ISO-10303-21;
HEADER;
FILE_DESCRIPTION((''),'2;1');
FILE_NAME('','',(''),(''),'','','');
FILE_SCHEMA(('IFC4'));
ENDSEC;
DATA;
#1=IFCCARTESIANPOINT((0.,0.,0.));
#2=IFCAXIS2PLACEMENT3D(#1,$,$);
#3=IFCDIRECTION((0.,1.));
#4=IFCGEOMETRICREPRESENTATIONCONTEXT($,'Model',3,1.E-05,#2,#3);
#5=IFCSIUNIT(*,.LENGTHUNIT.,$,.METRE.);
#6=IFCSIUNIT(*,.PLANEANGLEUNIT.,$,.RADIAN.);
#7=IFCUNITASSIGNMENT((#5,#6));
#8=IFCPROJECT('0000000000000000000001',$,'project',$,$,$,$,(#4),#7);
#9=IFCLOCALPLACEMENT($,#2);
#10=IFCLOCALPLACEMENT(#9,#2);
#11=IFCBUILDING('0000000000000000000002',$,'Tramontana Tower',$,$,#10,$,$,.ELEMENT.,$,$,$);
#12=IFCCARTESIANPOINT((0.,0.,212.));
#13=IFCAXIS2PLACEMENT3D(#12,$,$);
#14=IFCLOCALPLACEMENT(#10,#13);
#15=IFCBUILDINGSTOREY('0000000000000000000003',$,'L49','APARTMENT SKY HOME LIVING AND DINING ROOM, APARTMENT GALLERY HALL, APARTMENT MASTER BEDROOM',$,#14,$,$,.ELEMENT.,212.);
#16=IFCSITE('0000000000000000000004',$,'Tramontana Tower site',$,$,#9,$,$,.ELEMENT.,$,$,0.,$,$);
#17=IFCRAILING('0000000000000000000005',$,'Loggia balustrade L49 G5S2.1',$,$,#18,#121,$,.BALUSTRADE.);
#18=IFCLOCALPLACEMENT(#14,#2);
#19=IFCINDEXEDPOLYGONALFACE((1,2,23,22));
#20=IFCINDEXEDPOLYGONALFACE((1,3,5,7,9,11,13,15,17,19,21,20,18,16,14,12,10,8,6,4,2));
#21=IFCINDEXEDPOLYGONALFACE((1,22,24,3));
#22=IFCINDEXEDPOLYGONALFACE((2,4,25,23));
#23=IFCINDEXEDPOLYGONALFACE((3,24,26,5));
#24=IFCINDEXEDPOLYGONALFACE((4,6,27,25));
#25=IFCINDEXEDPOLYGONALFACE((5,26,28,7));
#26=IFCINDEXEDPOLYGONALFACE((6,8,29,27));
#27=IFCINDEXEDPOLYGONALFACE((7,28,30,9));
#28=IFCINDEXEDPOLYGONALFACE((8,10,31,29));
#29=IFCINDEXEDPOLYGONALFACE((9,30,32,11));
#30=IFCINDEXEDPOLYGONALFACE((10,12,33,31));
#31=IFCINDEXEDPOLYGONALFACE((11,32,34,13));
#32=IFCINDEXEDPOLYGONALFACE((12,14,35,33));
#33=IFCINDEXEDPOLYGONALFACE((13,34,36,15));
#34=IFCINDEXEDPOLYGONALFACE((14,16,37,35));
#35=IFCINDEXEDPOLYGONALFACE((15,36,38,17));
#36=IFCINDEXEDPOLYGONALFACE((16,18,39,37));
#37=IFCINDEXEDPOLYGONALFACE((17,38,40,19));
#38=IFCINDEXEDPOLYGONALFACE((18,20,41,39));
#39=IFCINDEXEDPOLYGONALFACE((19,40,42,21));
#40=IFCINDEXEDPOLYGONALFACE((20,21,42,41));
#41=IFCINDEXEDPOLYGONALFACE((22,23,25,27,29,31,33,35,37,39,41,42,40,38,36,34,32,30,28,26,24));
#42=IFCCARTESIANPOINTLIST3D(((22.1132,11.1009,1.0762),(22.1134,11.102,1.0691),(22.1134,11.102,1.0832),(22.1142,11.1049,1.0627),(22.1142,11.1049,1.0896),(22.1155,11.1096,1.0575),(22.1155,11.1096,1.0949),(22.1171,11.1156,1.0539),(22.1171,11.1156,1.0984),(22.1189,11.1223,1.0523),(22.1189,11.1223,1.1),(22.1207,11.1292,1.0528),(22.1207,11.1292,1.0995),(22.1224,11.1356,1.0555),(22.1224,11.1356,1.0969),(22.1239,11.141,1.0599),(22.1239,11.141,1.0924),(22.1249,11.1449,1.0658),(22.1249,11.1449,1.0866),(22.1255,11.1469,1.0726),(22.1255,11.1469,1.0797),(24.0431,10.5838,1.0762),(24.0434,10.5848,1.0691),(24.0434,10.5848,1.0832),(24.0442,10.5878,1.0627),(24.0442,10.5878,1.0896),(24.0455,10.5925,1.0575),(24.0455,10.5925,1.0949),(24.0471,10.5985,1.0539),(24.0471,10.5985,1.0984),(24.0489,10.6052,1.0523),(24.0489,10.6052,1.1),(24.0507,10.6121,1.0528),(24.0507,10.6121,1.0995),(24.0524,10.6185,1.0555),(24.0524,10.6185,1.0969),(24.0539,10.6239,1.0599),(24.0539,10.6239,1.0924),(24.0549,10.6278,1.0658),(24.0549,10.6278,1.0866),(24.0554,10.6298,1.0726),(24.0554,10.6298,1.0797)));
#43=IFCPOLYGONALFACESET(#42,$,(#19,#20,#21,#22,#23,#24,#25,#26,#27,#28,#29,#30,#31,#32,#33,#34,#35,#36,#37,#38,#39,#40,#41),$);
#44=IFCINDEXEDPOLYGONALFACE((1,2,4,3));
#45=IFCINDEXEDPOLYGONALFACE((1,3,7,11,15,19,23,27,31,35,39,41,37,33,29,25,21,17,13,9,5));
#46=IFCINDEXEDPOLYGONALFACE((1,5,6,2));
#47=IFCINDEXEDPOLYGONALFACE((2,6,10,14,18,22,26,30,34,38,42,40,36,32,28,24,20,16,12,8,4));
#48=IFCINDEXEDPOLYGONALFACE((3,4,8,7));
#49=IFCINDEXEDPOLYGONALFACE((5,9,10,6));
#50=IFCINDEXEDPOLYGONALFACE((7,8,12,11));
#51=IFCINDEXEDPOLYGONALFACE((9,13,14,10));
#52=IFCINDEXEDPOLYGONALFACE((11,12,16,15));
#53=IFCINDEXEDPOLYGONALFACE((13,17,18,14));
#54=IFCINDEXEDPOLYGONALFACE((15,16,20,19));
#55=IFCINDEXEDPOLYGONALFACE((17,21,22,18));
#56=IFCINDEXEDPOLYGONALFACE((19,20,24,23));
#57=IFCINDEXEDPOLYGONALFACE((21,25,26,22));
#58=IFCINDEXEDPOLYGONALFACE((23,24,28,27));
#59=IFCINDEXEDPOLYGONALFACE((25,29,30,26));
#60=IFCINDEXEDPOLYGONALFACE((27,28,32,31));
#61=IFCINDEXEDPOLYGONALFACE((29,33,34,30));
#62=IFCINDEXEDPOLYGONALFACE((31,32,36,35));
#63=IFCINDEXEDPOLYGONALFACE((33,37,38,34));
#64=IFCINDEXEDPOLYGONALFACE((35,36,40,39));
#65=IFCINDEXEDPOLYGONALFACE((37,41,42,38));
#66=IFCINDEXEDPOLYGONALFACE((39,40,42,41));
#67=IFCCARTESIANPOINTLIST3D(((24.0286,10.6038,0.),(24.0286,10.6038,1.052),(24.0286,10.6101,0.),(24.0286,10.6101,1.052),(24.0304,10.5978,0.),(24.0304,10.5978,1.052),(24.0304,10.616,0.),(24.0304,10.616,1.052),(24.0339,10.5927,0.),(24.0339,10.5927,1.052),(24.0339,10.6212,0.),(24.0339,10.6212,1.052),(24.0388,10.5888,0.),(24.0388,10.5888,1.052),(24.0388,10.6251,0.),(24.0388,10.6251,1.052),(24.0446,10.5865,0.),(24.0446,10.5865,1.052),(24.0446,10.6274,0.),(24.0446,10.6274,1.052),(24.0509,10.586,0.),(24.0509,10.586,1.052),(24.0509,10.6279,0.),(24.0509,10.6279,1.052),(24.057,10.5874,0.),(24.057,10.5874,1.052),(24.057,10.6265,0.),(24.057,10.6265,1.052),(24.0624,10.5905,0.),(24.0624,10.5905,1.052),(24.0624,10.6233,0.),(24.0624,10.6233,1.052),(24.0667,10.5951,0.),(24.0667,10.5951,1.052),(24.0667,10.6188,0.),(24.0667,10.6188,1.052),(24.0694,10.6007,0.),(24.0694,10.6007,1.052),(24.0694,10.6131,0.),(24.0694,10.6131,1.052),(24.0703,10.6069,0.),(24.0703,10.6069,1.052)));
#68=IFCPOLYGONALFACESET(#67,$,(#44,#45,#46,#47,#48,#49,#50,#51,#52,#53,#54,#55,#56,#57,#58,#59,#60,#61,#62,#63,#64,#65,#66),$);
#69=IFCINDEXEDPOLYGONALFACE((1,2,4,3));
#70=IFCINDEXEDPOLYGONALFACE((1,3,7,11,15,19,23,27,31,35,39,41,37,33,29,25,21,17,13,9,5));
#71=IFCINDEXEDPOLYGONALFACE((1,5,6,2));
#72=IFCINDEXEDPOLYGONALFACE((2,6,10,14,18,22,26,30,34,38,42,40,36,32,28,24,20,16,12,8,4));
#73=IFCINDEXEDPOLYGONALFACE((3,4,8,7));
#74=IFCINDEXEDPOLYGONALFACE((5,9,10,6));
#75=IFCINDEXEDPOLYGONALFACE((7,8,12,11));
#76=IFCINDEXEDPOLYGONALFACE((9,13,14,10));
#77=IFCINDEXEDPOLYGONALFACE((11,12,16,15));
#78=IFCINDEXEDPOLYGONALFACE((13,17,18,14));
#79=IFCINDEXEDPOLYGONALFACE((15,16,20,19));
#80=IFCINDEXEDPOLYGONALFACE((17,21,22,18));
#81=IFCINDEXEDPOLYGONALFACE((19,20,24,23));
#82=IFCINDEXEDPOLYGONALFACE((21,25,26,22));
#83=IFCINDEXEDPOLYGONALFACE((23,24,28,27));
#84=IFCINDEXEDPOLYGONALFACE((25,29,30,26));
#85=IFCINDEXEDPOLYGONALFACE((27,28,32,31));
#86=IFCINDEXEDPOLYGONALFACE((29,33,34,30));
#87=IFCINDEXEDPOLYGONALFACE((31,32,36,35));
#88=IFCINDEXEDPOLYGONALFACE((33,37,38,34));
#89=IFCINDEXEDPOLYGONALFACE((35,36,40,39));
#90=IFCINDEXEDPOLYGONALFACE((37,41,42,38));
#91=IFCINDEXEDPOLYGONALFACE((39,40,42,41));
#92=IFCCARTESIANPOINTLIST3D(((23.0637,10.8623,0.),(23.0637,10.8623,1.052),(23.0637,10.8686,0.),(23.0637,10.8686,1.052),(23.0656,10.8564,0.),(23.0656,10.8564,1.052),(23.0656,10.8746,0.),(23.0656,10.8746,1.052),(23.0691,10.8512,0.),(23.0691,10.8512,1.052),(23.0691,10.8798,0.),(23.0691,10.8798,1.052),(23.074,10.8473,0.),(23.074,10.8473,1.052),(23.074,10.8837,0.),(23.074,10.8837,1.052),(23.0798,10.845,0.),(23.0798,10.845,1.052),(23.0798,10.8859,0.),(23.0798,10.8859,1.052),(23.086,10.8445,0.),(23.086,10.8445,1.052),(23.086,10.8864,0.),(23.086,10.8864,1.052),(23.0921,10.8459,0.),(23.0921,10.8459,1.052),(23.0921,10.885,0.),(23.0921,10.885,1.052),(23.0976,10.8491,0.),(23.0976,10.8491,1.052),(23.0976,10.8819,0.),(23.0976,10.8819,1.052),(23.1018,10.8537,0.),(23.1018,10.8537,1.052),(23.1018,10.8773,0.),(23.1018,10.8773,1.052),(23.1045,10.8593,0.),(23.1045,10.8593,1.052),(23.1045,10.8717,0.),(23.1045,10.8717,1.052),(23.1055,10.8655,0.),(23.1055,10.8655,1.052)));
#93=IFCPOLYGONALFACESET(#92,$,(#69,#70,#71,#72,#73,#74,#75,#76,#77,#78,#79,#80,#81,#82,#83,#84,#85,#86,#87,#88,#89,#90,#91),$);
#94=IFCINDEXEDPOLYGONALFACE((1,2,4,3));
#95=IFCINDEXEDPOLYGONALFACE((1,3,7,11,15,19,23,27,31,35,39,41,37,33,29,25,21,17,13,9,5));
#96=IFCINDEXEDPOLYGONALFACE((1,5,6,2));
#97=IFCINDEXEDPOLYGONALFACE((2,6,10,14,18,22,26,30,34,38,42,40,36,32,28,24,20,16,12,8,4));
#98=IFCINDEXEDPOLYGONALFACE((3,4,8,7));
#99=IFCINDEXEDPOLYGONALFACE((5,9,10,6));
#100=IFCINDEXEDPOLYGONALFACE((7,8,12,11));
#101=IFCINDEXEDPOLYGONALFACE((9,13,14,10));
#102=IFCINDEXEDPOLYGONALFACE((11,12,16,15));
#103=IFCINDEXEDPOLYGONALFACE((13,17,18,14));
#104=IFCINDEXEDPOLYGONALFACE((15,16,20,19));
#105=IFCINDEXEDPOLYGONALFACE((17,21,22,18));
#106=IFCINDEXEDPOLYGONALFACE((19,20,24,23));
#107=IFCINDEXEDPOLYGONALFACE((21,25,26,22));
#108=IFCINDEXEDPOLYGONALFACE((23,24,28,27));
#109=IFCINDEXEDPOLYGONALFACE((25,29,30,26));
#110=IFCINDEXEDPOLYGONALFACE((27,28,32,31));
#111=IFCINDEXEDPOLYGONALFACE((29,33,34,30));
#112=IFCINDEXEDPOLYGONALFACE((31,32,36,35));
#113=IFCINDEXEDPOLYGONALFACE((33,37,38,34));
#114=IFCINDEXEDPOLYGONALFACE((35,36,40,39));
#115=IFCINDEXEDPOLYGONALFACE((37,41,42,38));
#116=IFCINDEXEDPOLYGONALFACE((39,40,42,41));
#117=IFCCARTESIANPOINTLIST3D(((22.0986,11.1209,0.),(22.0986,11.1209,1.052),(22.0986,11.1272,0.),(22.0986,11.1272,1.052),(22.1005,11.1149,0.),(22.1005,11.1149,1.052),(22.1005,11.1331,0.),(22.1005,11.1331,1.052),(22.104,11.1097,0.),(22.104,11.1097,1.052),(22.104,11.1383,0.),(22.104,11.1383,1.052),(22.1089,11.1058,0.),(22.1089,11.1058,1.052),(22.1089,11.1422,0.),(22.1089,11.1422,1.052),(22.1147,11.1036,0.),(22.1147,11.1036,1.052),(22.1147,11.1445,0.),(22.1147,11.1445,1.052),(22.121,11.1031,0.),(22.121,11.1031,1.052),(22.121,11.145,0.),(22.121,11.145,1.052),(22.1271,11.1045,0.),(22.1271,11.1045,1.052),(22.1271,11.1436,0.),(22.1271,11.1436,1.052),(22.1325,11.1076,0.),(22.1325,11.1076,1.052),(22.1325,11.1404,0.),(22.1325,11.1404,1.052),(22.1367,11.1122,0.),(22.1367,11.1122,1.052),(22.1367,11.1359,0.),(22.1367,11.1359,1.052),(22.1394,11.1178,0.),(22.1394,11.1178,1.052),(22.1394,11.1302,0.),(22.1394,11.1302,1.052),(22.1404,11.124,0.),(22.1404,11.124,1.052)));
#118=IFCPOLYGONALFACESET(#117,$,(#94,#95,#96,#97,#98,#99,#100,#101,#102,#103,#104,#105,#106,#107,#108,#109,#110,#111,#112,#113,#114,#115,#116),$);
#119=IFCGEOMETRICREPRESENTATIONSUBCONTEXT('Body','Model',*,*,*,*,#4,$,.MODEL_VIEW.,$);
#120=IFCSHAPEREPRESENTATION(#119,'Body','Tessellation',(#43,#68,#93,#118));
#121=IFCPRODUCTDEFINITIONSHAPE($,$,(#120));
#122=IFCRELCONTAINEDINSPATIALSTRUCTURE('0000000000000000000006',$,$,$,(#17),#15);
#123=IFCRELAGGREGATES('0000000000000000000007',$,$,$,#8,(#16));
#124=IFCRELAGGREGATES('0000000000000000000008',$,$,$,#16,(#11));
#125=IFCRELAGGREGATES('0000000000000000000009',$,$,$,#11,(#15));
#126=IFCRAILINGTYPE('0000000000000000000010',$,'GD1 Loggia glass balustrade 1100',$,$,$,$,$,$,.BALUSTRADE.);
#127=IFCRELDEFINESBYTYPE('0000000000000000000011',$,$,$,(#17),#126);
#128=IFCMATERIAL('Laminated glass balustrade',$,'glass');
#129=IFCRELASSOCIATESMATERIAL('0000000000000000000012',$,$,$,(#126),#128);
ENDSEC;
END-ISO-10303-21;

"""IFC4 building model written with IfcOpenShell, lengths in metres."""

from ifc_helpers import new_model, si_unit, direction, frame, origin, origin_2d, place, context, subcontext, project, spatial, circle, extrude, material, type_object, element, save


model = new_model("IFC4")

# Units and contexts
model_context = context("Model", 3, precision=1e-05, world=origin(), true_north=direction((0.0, 1.0)))
body_context = subcontext(model_context, "Body", "Model", "MODEL_VIEW")
ifc_project = project(units=[si_unit("LENGTHUNIT", "METRE"), si_unit("PLANEANGLEUNIT", "RADIAN")], contexts=[model_context])

# Site, building, storey
site_placement = place(None, origin())
site = spatial("IfcSite", under=ifc_project, at=site_placement, Name="Tramontana Tower site", CompositionType="ELEMENT", RefElevation=0.0)
building_placement = place(site_placement, origin())
building = spatial("IfcBuilding", under=site, at=building_placement, Name="Tramontana Tower", CompositionType="ELEMENT")
storey_placement = place(building_placement, frame((0.0, 0.0, 212.0)))
storey = spatial("IfcBuildingStorey", under=building, at=storey_placement, Name="L49", Description="APARTMENT SKY HOME LIVING AND DINING ROOM, APARTMENT GALLERY HALL, APARTMENT MASTER BEDROOM", CompositionType="ELEMENT", Elevation=212.0)

# Railing
ifc_material_1 = material(Name="Laminated glass balustrade", Category="glass")
railing_type = type_object("IfcRailingType", Name="GD1 Loggia glass balustrade 1100", PredefinedType="BALUSTRADE", material=ifc_material_1)
railing_1_placement = place(storey_placement, frame((24.0493, 10.6069, 0.0)))
element("IfcRailing", 1, at=railing_1_placement, inside=storey, type_object=railing_type, Name="Loggia balustrade L49 G5S2.1", PredefinedType="BALUSTRADE", context=body_context, shape_type="SweptSolid", body=[
    extrude(circle(Radius=0.0239, at=origin_2d()), frame((0.0, 0.0, 1.0762), z_axis=(-0.96593, 0.258803, 0.0), x_axis=(-0.258803, -0.96593, 0.0)), (0.0, 0.0, 1.0), 1.998),
    extrude(circle(Radius=0.021, at=origin_2d()), origin(), (0.0, 0.0, 1.0), 1.052),
    extrude(circle(Radius=0.021, at=origin_2d()), frame((-0.9648, 0.2585, 0.0)), (0.0, 0.0, 1.0), 1.052),
    extrude(circle(Radius=0.021, at=origin_2d()), frame((-1.9299, 0.5171, 0.0)), (0.0, 0.0, 1.0), 1.052),
])

save(model, "model.ifc")
